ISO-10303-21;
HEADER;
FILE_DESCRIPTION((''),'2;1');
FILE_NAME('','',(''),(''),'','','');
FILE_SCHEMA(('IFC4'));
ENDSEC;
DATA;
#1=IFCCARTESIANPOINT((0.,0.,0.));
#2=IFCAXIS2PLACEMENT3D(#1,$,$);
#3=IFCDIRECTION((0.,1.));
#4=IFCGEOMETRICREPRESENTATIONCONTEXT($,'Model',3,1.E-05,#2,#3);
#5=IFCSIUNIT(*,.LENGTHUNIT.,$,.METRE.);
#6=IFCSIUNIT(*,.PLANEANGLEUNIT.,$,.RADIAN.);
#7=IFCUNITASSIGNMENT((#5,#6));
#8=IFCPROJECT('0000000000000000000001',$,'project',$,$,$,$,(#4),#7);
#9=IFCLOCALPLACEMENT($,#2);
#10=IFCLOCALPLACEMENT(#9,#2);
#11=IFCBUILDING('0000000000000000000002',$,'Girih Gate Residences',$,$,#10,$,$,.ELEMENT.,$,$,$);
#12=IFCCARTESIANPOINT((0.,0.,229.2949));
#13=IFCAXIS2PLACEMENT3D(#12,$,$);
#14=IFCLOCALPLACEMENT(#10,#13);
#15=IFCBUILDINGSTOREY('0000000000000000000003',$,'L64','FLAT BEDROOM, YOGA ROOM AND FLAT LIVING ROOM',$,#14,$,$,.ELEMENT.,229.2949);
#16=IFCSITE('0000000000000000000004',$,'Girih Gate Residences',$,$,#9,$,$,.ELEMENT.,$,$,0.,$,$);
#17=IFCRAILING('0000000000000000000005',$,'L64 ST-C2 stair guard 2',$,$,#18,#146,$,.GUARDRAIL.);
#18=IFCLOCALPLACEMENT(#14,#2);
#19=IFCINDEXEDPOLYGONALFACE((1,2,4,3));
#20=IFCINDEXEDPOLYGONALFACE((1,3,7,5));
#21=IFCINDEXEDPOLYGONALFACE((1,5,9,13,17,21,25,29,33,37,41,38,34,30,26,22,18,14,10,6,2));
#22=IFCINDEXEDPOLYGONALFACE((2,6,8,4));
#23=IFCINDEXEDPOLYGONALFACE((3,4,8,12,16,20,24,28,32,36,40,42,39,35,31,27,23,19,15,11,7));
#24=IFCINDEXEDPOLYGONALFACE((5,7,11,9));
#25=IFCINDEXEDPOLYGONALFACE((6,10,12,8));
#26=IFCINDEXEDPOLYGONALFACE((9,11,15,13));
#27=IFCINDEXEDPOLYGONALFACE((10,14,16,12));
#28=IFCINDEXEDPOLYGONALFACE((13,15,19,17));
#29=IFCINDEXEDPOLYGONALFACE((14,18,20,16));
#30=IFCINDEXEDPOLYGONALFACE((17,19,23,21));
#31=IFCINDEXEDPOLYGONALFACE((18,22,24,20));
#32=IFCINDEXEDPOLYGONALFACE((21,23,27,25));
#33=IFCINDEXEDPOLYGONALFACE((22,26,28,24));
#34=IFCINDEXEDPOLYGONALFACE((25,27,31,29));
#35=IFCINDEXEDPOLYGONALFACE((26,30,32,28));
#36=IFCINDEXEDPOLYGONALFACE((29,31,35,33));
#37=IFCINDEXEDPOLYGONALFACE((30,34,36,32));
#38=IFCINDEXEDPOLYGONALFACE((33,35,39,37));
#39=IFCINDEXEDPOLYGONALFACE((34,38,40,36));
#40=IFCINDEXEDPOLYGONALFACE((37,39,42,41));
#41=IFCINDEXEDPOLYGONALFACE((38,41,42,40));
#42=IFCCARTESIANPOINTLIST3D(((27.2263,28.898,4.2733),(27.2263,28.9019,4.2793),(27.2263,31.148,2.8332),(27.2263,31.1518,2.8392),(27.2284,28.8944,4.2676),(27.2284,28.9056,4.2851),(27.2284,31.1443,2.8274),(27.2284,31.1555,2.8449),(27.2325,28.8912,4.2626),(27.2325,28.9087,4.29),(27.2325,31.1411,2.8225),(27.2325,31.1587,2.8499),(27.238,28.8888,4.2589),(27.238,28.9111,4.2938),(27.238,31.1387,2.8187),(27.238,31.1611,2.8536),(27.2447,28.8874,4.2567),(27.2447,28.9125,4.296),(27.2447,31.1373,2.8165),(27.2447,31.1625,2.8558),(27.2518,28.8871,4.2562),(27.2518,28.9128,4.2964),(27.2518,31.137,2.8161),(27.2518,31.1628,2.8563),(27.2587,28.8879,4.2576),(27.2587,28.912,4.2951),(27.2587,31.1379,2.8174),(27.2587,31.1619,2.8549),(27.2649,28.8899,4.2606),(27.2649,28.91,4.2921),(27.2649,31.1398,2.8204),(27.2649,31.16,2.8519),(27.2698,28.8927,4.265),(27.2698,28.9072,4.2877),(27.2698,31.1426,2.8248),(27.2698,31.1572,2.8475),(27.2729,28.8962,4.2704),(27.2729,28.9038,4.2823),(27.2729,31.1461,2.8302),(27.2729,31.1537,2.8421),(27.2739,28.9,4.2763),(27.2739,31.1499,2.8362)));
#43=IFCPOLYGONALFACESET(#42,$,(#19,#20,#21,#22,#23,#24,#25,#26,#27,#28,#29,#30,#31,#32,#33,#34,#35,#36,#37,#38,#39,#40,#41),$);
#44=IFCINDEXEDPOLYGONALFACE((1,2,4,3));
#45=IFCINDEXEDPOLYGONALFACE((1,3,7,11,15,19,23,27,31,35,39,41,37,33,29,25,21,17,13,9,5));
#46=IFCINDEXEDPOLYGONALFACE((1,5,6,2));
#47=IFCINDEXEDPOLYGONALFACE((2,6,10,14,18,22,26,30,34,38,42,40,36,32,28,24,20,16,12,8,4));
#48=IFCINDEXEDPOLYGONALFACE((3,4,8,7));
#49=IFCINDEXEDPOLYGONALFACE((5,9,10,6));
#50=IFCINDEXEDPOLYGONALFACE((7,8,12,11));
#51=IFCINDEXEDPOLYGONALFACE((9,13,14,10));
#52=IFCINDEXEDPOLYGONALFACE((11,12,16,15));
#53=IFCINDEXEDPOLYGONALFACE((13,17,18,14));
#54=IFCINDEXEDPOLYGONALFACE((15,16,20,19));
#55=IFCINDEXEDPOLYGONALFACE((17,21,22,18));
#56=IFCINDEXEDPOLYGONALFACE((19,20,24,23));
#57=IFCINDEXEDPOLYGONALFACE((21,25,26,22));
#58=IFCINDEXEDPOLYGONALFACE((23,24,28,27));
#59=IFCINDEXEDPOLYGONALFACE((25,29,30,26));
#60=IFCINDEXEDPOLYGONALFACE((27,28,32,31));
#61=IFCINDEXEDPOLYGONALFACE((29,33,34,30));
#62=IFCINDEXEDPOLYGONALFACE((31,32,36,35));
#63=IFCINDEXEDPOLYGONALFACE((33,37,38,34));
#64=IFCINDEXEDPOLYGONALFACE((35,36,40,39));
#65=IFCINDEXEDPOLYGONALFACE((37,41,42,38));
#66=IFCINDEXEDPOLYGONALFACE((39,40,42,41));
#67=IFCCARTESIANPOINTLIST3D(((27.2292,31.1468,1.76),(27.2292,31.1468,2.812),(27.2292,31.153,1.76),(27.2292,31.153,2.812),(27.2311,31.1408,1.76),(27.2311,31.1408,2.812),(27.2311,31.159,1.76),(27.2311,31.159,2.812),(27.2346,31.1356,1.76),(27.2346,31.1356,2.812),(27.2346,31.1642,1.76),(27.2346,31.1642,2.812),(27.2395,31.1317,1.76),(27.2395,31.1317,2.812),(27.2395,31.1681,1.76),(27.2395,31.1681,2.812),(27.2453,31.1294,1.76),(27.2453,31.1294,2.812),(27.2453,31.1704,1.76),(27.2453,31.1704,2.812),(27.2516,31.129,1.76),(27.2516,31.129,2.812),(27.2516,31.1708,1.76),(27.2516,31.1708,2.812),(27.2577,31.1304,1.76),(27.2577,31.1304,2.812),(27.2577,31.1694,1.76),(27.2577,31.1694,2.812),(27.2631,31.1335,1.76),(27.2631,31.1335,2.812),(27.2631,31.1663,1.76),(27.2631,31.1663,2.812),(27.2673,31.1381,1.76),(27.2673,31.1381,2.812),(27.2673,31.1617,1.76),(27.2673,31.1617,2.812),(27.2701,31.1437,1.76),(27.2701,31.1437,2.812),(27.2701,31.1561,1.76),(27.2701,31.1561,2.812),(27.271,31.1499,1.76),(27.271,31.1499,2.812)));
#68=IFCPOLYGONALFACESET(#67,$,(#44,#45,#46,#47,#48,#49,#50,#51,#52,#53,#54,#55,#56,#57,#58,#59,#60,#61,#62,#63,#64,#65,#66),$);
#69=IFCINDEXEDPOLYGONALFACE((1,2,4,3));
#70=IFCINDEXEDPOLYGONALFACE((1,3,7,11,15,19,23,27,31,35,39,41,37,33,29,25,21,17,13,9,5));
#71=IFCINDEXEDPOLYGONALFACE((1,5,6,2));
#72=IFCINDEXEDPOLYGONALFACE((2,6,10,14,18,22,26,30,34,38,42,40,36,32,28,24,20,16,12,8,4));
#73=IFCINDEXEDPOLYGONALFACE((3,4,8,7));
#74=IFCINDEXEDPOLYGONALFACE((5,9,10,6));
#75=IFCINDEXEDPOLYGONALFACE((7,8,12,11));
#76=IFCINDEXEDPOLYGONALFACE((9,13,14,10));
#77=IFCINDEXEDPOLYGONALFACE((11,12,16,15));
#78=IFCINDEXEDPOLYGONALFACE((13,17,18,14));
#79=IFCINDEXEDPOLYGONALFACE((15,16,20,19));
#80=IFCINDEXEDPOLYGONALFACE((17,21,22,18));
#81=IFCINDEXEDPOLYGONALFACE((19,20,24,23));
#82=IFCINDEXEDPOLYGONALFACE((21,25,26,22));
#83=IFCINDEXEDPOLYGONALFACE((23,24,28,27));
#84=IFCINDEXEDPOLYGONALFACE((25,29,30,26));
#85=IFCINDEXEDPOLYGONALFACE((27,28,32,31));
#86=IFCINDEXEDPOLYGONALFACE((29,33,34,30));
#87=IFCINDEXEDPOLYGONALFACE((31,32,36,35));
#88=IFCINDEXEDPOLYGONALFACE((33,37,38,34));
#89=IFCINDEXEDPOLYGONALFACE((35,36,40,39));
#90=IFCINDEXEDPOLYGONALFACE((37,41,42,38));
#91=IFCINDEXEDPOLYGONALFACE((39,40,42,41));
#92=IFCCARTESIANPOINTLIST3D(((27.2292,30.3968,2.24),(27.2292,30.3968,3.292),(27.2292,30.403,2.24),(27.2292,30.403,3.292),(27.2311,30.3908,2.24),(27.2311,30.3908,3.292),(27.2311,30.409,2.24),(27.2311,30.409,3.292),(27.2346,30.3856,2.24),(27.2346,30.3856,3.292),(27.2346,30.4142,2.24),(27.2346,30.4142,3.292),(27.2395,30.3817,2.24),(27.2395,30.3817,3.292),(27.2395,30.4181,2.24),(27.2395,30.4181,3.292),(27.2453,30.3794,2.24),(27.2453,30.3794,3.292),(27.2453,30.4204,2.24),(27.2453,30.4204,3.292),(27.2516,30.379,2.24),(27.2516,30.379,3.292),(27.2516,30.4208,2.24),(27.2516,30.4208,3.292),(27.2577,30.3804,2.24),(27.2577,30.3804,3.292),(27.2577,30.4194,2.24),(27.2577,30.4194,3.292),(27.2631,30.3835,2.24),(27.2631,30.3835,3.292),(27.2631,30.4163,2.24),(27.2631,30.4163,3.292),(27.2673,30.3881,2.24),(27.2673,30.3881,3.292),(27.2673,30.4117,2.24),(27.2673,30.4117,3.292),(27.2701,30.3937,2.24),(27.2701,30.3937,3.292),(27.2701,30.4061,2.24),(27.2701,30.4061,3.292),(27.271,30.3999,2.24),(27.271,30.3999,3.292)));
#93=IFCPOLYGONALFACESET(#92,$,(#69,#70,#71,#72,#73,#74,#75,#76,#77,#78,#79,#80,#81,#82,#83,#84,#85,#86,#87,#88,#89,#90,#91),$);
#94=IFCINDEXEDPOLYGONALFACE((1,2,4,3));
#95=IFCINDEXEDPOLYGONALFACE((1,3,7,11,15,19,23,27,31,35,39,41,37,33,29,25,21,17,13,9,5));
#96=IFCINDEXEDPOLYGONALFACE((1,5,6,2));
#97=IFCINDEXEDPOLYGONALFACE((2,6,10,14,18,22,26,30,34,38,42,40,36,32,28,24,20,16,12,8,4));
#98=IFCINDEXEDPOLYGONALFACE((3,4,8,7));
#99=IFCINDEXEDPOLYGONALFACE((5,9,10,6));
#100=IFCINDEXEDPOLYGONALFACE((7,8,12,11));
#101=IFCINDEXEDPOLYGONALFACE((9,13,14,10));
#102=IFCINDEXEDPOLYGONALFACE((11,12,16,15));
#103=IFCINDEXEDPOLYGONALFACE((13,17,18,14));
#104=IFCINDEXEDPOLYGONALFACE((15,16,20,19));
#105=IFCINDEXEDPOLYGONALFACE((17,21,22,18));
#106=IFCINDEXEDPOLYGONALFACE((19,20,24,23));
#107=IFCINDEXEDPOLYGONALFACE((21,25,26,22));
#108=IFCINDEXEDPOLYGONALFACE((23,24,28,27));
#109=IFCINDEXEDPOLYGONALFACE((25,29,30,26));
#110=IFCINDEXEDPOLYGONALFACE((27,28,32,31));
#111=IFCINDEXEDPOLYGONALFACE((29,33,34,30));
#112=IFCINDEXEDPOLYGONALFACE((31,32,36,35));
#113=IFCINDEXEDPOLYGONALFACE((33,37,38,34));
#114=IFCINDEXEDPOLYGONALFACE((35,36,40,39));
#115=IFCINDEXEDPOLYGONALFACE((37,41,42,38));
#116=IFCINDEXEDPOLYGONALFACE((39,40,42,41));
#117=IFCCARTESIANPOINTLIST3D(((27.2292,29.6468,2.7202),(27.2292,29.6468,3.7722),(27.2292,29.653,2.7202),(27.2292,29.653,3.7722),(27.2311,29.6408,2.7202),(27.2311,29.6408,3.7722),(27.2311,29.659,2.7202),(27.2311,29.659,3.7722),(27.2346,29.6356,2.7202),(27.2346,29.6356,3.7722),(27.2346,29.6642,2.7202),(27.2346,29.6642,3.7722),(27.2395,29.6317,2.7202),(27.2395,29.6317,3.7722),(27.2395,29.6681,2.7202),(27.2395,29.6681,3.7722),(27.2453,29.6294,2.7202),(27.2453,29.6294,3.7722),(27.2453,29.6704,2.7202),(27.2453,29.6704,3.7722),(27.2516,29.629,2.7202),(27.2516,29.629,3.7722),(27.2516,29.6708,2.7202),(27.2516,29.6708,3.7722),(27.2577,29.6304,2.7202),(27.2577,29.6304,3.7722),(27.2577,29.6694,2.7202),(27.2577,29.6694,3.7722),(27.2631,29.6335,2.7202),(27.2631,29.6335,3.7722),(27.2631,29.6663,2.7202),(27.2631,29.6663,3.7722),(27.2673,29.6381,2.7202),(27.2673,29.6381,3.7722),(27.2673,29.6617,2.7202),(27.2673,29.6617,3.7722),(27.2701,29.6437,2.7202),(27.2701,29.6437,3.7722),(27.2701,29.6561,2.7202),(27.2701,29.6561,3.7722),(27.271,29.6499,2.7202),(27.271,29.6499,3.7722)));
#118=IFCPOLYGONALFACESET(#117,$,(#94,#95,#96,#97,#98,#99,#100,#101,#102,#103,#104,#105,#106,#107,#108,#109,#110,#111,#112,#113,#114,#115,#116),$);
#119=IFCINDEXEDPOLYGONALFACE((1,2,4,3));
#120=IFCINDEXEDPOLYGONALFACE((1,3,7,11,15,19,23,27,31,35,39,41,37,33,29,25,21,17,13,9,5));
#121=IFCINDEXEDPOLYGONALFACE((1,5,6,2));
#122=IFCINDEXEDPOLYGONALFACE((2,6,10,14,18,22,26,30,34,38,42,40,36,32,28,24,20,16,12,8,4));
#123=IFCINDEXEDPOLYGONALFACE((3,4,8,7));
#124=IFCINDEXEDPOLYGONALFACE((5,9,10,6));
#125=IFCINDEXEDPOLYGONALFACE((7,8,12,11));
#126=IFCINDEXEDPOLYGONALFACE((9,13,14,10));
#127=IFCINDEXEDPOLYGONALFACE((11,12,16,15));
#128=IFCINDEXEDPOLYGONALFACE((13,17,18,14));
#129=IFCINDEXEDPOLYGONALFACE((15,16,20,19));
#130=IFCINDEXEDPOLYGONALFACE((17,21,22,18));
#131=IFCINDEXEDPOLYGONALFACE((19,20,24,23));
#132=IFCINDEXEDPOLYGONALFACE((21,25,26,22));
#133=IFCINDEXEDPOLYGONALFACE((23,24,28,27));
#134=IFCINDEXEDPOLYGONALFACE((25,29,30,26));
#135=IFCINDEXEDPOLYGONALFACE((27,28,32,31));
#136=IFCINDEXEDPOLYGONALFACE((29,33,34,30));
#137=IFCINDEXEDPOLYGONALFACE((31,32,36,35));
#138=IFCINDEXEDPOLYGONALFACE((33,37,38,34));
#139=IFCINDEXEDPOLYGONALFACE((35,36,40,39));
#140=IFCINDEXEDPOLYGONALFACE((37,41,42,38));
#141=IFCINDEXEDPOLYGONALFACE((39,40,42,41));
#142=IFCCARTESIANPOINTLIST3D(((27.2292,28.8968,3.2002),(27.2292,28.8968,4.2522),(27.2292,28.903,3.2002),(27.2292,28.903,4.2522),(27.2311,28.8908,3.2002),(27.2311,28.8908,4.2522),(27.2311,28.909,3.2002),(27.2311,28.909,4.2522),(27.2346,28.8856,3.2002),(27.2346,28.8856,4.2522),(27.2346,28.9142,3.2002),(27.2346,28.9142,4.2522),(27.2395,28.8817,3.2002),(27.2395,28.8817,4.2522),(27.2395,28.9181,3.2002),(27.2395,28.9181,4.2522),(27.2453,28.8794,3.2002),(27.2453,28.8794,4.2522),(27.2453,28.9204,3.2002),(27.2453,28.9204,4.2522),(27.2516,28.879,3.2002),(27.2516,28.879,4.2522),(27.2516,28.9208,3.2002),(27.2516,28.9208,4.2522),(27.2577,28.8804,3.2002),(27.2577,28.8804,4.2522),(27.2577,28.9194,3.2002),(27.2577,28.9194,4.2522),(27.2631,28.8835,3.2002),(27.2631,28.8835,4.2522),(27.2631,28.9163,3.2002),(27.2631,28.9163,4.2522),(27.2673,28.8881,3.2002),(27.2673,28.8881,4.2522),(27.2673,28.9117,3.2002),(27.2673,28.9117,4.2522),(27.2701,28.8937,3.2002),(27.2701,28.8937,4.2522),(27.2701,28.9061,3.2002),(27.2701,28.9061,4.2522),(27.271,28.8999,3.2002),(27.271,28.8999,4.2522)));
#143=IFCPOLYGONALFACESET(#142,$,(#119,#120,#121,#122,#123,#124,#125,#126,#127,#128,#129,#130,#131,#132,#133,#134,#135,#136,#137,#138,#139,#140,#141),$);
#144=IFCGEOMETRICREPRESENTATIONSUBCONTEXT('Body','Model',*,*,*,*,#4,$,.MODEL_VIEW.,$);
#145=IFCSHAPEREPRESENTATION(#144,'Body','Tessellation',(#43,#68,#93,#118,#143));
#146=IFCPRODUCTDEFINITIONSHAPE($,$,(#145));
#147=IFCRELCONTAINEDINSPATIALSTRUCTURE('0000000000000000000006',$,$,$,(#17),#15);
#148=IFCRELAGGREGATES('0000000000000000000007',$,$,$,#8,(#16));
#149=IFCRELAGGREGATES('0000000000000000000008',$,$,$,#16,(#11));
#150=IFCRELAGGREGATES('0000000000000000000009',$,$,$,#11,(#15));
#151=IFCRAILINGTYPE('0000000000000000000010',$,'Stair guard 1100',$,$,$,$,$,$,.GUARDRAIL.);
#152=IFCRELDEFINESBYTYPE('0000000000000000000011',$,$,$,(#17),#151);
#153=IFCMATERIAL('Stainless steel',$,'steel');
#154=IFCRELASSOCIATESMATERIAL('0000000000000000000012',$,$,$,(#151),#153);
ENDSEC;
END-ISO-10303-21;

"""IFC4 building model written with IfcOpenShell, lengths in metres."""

from ifc_helpers import new_model, si_unit, direction, frame, origin, origin_2d, place, context, subcontext, project, spatial, circle, extrude, material, type_object, element, save


model = new_model("IFC4")

# Units and contexts
model_context = context("Model", 3, precision=1e-05, world=origin(), true_north=direction((0.0, 1.0)))
body_context = subcontext(model_context, "Body", "Model", "MODEL_VIEW")
ifc_project = project(units=[si_unit("LENGTHUNIT", "METRE"), si_unit("PLANEANGLEUNIT", "RADIAN")], contexts=[model_context])

# Site, building, storey
site_placement = place(None, origin())
site = spatial("IfcSite", under=ifc_project, at=site_placement, Name="Girih Gate Residences", CompositionType="ELEMENT", RefElevation=0.0)
building_placement = place(site_placement, origin())
building = spatial("IfcBuilding", under=site, at=building_placement, Name="Girih Gate Residences", CompositionType="ELEMENT")
storey_placement = place(building_placement, frame((0.0, 0.0, 229.2949)))
storey = spatial("IfcBuildingStorey", under=building, at=storey_placement, Name="L64", Description="FLAT BEDROOM, YOGA ROOM AND FLAT LIVING ROOM", CompositionType="ELEMENT", Elevation=229.2949)

# Railing
ifc_material_1 = material(Name="Stainless steel", Category="steel")
railing_type_1 = type_object("IfcRailingType", Name="Stair guard 1100", PredefinedType="GUARDRAIL", material=ifc_material_1)
railing_1_placement = place(storey_placement, frame((27.25, 31.1499, 1.76)))
element("IfcRailing", 1, at=railing_1_placement, inside=storey, type_object=railing_type_1, Name="L64 ST-C2 stair guard 2", PredefinedType="GUARDRAIL", context=body_context, shape_type="SweptSolid", body=[
    extrude(circle(Radius=0.0239, at=origin_2d()), frame((0.0, 0.0, 1.0762), z_axis=(0.0, -0.84224, 0.539103), x_axis=(1.0, 0.0, 0.0)), (0.0, 0.0, 1.0), 2.6714),
    extrude(circle(Radius=0.021, at=origin_2d()), origin(), (0.0, 0.0, 1.0), 1.052),
    extrude(circle(Radius=0.021, at=origin_2d()), frame((0.0, -0.75, 0.48)), (0.0, 0.0, 1.0), 1.052),
    extrude(circle(Radius=0.021, at=origin_2d()), frame((0.0, -1.5, 0.9602)), (0.0, 0.0, 1.0), 1.052),
    extrude(circle(Radius=0.021, at=origin_2d()), frame((0.0, -2.25, 1.4402)), (0.0, 0.0, 1.0), 1.052),
])

save(model, "model.ifc")
